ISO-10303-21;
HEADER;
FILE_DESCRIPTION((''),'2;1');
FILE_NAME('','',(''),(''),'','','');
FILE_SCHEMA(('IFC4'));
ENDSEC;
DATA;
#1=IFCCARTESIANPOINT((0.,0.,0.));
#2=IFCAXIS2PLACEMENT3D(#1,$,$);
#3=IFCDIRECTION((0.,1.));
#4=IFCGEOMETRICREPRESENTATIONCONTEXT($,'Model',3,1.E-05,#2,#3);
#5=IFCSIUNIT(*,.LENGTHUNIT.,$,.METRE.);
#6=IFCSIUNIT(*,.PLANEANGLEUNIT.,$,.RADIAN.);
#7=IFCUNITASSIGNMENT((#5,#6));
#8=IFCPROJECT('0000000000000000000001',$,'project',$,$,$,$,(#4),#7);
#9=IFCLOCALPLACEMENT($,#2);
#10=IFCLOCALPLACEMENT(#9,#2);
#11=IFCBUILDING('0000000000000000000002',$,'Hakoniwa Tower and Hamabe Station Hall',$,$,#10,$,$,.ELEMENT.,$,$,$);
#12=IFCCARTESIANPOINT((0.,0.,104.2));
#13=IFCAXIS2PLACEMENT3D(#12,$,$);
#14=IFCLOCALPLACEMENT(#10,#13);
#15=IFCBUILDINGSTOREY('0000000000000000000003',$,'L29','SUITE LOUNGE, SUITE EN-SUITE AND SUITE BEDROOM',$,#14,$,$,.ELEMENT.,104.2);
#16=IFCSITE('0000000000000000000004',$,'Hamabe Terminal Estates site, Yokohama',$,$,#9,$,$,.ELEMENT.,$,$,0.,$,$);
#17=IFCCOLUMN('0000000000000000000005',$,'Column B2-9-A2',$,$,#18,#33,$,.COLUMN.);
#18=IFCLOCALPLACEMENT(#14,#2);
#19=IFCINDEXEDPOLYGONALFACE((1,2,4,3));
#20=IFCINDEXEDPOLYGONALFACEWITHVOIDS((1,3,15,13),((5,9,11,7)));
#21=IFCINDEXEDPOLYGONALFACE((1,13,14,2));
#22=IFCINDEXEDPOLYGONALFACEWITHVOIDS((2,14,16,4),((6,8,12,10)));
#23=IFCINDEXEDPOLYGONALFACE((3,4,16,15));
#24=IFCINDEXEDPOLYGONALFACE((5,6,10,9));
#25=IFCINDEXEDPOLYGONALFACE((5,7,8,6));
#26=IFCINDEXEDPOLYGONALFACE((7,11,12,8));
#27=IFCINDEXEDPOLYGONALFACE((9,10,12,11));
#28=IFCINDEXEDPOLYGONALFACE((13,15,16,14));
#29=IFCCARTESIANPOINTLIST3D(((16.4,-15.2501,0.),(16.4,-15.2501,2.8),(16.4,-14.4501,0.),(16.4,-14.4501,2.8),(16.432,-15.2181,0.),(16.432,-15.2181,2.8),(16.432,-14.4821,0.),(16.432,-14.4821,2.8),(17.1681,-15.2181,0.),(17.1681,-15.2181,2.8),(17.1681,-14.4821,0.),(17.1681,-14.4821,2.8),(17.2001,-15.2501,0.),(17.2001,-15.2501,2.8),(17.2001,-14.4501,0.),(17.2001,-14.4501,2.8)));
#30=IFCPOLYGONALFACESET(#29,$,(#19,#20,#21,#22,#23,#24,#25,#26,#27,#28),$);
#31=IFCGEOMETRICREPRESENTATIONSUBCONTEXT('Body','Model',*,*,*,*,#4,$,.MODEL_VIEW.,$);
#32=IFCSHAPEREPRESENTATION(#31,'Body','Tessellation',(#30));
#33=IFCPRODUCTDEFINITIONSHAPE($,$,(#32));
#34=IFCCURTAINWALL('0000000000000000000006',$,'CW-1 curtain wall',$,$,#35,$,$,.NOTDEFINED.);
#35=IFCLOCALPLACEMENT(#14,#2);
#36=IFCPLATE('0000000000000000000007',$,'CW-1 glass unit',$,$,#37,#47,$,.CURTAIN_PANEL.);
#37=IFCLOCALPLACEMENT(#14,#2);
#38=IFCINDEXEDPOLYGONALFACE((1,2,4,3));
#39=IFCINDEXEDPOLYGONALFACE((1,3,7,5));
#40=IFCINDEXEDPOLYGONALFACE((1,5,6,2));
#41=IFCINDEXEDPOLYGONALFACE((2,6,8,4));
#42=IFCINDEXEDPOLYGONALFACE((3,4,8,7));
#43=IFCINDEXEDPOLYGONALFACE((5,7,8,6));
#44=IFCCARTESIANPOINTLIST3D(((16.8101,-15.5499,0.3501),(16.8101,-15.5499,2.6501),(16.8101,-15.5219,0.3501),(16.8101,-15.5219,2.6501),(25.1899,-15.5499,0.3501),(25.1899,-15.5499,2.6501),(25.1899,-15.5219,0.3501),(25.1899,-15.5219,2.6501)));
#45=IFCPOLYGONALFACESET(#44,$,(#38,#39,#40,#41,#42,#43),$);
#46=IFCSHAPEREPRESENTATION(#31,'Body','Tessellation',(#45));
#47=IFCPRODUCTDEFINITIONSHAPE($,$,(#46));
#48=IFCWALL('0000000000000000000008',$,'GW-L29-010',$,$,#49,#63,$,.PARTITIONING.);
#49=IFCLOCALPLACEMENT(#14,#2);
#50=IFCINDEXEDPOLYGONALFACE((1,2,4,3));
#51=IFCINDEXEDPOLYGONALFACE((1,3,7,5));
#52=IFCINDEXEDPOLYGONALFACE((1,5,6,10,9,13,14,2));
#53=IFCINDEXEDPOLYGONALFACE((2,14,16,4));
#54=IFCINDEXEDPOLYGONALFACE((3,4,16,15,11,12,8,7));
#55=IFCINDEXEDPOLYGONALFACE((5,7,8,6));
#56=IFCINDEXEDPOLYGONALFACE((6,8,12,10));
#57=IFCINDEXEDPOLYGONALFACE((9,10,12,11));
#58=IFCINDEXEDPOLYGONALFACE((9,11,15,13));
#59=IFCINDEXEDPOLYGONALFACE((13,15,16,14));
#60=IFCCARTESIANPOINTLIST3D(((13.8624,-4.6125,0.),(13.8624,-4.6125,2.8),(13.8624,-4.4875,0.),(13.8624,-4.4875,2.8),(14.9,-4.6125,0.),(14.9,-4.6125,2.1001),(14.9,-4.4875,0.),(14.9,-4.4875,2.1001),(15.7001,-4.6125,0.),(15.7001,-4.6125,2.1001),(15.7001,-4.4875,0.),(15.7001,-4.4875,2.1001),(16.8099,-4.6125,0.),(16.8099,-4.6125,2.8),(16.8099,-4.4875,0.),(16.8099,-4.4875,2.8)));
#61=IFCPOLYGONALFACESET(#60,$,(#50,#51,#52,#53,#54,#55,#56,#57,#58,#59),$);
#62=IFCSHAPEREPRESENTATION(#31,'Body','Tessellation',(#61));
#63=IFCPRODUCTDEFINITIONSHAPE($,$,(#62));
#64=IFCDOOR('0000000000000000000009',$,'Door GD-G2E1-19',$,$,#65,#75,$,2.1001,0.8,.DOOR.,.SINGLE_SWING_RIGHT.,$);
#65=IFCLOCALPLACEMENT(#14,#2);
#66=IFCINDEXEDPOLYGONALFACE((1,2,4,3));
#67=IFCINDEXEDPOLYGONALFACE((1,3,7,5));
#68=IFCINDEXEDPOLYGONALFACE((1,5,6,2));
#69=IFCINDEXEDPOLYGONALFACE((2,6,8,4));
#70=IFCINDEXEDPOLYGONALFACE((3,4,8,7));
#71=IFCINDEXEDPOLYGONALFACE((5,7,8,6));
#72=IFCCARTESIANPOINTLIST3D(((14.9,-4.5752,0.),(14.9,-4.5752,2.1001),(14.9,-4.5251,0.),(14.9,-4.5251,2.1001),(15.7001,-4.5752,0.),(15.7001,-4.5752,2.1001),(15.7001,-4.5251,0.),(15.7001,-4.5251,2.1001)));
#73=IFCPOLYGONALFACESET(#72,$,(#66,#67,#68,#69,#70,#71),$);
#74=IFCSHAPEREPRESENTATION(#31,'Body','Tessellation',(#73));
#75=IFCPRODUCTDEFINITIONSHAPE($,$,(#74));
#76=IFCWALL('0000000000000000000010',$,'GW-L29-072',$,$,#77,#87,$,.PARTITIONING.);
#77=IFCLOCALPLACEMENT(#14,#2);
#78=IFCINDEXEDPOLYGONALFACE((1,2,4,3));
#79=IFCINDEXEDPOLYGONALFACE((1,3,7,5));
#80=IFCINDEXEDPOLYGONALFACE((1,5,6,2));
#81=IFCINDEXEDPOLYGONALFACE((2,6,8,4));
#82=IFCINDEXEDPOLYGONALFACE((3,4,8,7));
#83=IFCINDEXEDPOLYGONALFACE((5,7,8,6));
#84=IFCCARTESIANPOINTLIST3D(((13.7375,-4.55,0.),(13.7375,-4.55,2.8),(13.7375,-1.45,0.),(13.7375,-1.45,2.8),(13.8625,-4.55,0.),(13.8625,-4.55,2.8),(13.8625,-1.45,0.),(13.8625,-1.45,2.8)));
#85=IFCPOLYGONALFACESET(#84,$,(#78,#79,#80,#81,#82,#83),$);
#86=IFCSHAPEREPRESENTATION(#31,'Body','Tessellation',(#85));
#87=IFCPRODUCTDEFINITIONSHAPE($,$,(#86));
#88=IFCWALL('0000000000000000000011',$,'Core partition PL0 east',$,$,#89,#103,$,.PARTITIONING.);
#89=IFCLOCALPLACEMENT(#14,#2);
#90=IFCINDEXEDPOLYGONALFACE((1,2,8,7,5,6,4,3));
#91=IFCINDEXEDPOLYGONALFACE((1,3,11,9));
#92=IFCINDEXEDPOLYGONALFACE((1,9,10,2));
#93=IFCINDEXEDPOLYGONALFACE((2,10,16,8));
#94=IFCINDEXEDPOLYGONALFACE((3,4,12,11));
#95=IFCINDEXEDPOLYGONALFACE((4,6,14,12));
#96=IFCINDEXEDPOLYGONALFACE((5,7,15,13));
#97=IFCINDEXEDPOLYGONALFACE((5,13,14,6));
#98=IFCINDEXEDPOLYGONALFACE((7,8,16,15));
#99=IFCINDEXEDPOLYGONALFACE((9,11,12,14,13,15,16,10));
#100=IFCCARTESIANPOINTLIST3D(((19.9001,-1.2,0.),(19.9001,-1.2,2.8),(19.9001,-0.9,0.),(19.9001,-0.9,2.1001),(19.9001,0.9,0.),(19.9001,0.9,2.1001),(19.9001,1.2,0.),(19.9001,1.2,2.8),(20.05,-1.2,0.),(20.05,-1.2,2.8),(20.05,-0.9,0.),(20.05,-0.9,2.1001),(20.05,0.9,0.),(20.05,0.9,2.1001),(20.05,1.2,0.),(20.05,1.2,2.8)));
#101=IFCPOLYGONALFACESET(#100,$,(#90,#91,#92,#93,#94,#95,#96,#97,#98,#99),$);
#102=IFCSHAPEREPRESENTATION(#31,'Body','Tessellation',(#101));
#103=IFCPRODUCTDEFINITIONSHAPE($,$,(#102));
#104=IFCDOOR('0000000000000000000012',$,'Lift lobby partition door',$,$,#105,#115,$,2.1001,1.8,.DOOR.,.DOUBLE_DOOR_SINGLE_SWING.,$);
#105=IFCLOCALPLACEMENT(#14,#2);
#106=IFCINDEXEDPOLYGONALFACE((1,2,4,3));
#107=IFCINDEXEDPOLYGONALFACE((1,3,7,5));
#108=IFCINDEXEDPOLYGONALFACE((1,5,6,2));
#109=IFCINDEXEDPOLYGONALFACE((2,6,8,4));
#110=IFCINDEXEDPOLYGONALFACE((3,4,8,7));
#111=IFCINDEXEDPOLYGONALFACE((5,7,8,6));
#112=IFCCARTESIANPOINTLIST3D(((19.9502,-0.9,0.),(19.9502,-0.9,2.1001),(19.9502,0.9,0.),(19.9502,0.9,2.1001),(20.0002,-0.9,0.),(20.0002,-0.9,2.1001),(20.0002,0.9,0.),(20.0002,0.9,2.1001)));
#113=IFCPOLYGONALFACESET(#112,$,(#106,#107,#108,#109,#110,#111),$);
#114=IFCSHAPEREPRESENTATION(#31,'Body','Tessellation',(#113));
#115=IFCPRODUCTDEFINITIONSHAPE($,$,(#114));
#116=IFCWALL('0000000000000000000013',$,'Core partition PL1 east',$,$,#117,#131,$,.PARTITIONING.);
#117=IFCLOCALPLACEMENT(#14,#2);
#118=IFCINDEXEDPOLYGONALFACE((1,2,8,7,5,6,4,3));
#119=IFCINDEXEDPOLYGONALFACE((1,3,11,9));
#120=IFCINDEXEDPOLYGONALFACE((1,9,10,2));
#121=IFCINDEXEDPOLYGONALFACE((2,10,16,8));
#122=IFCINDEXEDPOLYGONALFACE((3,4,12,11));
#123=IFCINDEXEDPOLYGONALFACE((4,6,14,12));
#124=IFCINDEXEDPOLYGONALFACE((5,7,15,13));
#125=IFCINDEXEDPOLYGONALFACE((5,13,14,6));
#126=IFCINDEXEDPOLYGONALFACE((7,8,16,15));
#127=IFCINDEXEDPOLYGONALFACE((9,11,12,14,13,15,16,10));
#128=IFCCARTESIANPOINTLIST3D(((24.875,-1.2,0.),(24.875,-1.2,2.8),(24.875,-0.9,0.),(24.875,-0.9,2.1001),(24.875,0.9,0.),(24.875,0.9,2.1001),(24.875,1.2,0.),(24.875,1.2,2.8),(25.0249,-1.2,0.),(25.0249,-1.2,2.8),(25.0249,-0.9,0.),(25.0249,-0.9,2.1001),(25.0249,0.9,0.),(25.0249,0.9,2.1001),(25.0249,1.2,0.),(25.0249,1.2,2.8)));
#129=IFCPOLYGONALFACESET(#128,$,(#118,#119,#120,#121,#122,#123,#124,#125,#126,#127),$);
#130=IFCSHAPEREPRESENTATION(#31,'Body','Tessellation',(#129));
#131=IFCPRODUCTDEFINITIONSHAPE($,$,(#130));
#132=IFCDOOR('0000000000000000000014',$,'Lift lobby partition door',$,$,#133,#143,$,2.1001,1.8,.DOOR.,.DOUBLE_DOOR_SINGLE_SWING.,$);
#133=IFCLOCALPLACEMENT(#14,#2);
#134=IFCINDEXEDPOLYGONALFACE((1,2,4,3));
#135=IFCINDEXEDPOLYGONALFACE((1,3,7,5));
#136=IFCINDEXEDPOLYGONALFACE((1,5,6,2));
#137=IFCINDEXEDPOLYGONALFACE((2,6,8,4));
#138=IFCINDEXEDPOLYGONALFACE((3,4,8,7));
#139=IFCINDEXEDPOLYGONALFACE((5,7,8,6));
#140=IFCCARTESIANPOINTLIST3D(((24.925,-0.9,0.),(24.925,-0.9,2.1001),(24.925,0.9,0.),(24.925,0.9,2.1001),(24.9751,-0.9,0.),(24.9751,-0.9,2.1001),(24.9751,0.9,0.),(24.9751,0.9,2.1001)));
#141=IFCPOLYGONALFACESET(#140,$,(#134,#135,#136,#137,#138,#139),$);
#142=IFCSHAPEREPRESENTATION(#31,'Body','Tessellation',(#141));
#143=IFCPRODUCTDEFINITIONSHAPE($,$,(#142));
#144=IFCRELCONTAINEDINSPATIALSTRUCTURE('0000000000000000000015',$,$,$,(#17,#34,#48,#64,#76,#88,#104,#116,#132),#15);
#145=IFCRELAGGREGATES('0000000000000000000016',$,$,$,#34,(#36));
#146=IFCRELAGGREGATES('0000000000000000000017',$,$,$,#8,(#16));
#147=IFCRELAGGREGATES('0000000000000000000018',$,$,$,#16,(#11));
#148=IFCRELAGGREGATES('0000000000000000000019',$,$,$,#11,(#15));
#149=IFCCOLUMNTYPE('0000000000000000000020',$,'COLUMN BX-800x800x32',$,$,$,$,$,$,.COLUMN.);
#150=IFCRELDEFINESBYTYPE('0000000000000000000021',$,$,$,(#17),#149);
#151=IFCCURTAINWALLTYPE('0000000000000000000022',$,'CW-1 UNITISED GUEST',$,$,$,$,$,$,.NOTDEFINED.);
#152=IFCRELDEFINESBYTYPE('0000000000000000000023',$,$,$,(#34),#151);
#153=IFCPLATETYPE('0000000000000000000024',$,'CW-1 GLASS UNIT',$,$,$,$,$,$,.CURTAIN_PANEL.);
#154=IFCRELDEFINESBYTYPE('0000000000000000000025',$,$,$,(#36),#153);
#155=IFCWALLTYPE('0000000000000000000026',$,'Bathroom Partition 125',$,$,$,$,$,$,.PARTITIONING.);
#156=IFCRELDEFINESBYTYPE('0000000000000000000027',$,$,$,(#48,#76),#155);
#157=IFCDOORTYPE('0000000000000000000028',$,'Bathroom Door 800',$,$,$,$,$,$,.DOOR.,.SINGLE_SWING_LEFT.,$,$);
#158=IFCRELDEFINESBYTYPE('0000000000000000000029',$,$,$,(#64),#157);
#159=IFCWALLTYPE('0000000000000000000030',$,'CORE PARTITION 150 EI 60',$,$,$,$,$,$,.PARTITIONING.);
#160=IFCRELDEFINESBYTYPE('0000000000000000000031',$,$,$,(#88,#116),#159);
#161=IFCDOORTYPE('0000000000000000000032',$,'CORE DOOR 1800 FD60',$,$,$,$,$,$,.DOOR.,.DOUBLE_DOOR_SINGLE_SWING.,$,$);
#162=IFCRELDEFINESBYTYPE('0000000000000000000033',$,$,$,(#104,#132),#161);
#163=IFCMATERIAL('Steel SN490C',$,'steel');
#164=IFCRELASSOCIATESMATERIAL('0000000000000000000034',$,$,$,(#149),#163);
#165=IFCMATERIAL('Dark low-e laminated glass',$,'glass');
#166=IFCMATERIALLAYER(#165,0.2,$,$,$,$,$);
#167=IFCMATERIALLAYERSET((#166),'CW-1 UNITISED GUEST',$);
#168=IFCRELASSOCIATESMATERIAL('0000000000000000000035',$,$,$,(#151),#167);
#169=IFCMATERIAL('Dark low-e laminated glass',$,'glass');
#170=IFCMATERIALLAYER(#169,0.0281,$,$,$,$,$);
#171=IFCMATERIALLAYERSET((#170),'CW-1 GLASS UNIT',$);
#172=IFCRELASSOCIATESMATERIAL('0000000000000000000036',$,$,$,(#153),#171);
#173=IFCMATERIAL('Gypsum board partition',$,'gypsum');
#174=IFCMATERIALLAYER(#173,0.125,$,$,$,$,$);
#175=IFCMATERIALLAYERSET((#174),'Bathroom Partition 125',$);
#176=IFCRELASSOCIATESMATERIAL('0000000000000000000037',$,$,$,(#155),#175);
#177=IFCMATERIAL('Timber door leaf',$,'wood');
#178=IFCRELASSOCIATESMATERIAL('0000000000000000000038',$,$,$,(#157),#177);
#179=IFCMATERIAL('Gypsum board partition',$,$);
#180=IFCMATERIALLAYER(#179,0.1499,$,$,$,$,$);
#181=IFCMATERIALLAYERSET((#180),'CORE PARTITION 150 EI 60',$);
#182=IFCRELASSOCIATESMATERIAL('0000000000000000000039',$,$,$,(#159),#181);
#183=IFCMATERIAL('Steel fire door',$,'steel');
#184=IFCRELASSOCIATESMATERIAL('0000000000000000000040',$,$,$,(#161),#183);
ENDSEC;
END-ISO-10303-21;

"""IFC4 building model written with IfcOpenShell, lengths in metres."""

from ifc_helpers import new_model, si_unit, direction, frame, frame_2d, origin, origin_2d, place, context, subcontext, project, spatial, rectangle, hollow_rectangle, extrude, material, layer, layer_set, material_profile, profile_set, type_object, element, fill, aggregate, save


model = new_model("IFC4")

# Units and contexts
model_context = context("Model", 3, precision=1e-05, world=origin(), true_north=direction((0.0, 1.0)))
body_context = subcontext(model_context, "Body", "Model", "MODEL_VIEW")
ifc_project = project(units=[si_unit("LENGTHUNIT", "METRE"), si_unit("PLANEANGLEUNIT", "RADIAN")], contexts=[model_context])

# Site, building, storey
site_placement = place(None, origin())
site = spatial("IfcSite", under=ifc_project, at=site_placement, Name="Hamabe Terminal Estates site, Yokohama", CompositionType="ELEMENT", RefElevation=0.0)
building_placement = place(site_placement, origin())
building = spatial("IfcBuilding", under=site, at=building_placement, Name="Hakoniwa Tower and Hamabe Station Hall", CompositionType="ELEMENT")
storey_placement = place(building_placement, frame((0.0, 0.0, 104.2)))
storey = spatial("IfcBuildingStorey", under=building, at=storey_placement, Name="L29", Description="SUITE LOUNGE, SUITE EN-SUITE AND SUITE BEDROOM", CompositionType="ELEMENT", Elevation=104.2)

# Column
ifc_material_1 = material(Name="Steel SN490C", Category="steel")
ifc_material_profile = material_profile(ifc_material_1, hollow_rectangle(XDim=0.8, YDim=0.8, WallThickness=0.032, at=origin_2d()), Name="BX-800x800x32")
ifc_profile_set = profile_set([ifc_material_profile], Name="Steel SN490C")
column_type = type_object("IfcColumnType", Name="COLUMN BX-800x800x32", PredefinedType="COLUMN", material=ifc_profile_set)
column_placement = place(storey_placement, frame((16.8, -14.8501, 0.0), z_axis=(0.0, 0.0, 1.0), x_axis=(1.0, 0.0, 0.0)))
element("IfcColumn", 1, at=column_placement, inside=storey, type_object=column_type, Name="Column B2-9-A2", PredefinedType="COLUMN", context=body_context, shape_type="SweptSolid", body=[
    extrude(hollow_rectangle(XDim=0.8, YDim=0.8, WallThickness=0.032, at=origin_2d()), origin(), (0.0, 0.0, 1.0), 2.8),
])

# Curtain wall, plate
ifc_material_2 = material(Name="Dark low-e laminated glass", Category="glass")
ifc_layer_1 = layer(ifc_material_2, 0.2)
ifc_layer_set_1 = layer_set([ifc_layer_1], Name="CW-1 UNITISED GUEST")
curtain_wall_type = type_object("IfcCurtainWallType", Name="CW-1 UNITISED GUEST", PredefinedType="NOTDEFINED", material=ifc_layer_set_1)
curtain_wall_placement = place(storey_placement, origin())
curtain_wall = element("IfcCurtainWall", 2, at=curtain_wall_placement, inside=storey, type_object=curtain_wall_type, Name="CW-1 curtain wall", PredefinedType="NOTDEFINED")
ifc_material_3 = material(Name="Dark low-e laminated glass", Category="glass")
ifc_layer_2 = layer(ifc_material_3, 0.0281)
ifc_layer_set_2 = layer_set([ifc_layer_2], Name="CW-1 GLASS UNIT")
plate_type = type_object("IfcPlateType", Name="CW-1 GLASS UNIT", PredefinedType="CURTAIN_PANEL", material=ifc_layer_set_2)
plate_placement = place(storey_placement, frame((21.0, -15.5359, 0.3501), z_axis=(0.0, 0.0, 1.0), x_axis=(1.0, 0.0, 0.0)))
plate = element("IfcPlate", 3, at=plate_placement, type_object=plate_type, Name="CW-1 glass unit", PredefinedType="CURTAIN_PANEL", context=body_context, shape_type="SweptSolid", body=[
    extrude(rectangle(XDim=8.3799, YDim=0.0281, at=origin_2d()), origin(), (0.0, 0.0, 1.0), 2.3),
])
aggregate(curtain_wall, [plate])

# Wall, opening, door
ifc_material_4 = material(Name="Gypsum board partition", Category="gypsum")
ifc_layer_3 = layer(ifc_material_4, 0.125)
ifc_layer_set_3 = layer_set([ifc_layer_3], Name="Bathroom Partition 125")
wall_type_1 = type_object("IfcWallType", Name="Bathroom Partition 125", PredefinedType="PARTITIONING", material=ifc_layer_set_3)
wall_1_placement = place(storey_placement, frame((13.8625, -4.55, 0.0), z_axis=(0.0, 0.0, 1.0), x_axis=(1.0, 0.0, 0.0)))
wall_1 = element("IfcWall", 4, at=wall_1_placement, inside=storey, type_object=wall_type_1, Name="GW-L29-010", PredefinedType="PARTITIONING", context=body_context, shape_type="SweptSolid", body=[
    extrude(rectangle(XDim=2.9475, YDim=0.125, at=frame_2d((1.4736, 0.0))), origin(), (0.0, 0.0, 1.0), 2.8),
])
opening_1_placement = place(wall_1_placement, frame((1.0376, 0.0, 0.0)))
opening_1 = element("IfcOpeningElement", 5, at=opening_1_placement, cuts=wall_1, PredefinedType="OPENING", context=body_context, shape_type="SweptSolid", body=[
    extrude(rectangle(XDim=0.8, YDim=2.1001, at=frame_2d((0.3999, 1.05))), frame((0.0, 0.0725, 0.0), z_axis=(0.0, -1.0, 0.0), x_axis=(1.0, 0.0, 0.0)), (0.0, 0.0, 1.0), 0.145),
])
ifc_material_5 = material(Name="Timber door leaf", Category="wood")
door_type_1 = type_object("IfcDoorType", Name="Bathroom Door 800", OperationType="SINGLE_SWING_LEFT", PredefinedType="DOOR", material=ifc_material_5)
door_1_placement = place(opening_1_placement, origin())
door_1 = element("IfcDoor", 6, at=door_1_placement, inside=storey, type_object=door_type_1, Name="Door GD-G2E1-19", OperationType="SINGLE_SWING_RIGHT", OverallHeight=2.1001, OverallWidth=0.8, PredefinedType="DOOR", context=body_context, shape_type="SweptSolid", body=[
    extrude(rectangle(XDim=0.8, YDim=2.1001, at=frame_2d((0.3999, 1.05))), frame((0.0, 0.0249, 0.0), z_axis=(0.0, -1.0, 0.0), x_axis=(1.0, 0.0, 0.0)), (0.0, 0.0, 1.0), 0.05),
])
fill(opening_1, door_1)

# Wall
wall_2_placement = place(storey_placement, frame((13.8, -4.55, 0.0), z_axis=(0.0, 0.0, 1.0), x_axis=(0.0, 1.0, 0.0)))
element("IfcWall", 7, at=wall_2_placement, inside=storey, type_object=wall_type_1, Name="GW-L29-072", PredefinedType="PARTITIONING", context=body_context, shape_type="SweptSolid", body=[
    extrude(rectangle(XDim=3.1001, YDim=0.125, at=frame_2d((1.55, 0.0))), origin(), (0.0, 0.0, 1.0), 2.8),
])

# Walls, openings, doors
ifc_material_6 = material(Name="Gypsum board partition")
ifc_layer_4 = layer(ifc_material_6, 0.1499)
ifc_layer_set_4 = layer_set([ifc_layer_4], Name="CORE PARTITION 150 EI 60")
wall_type_2 = type_object("IfcWallType", Name="CORE PARTITION 150 EI 60", PredefinedType="PARTITIONING", material=ifc_layer_set_4)
wall_3_placement = place(storey_placement, frame((19.9751, -1.2, 0.0), z_axis=(0.0, 0.0, 1.0), x_axis=(0.0, 1.0, 0.0)))
wall_3 = element("IfcWall", 8, at=wall_3_placement, inside=storey, type_object=wall_type_2, Name="Core partition PL0 east", PredefinedType="PARTITIONING", context=body_context, shape_type="SweptSolid", body=[
    extrude(rectangle(XDim=2.3999, YDim=0.1499, at=frame_2d((1.2, 0.0))), origin(), (0.0, 0.0, 1.0), 2.8),
])
opening_2_placement = place(wall_3_placement, frame((0.3, 0.0, 0.0)))
opening_2 = element("IfcOpeningElement", 9, at=opening_2_placement, cuts=wall_3, PredefinedType="OPENING", context=body_context, shape_type="SweptSolid", body=[
    extrude(rectangle(XDim=1.8, YDim=2.1001, at=frame_2d((0.8999, 1.05))), frame((0.0, 0.085, 0.0), z_axis=(0.0, -1.0, 0.0), x_axis=(1.0, 0.0, 0.0)), (0.0, 0.0, 1.0), 0.1699),
])
ifc_material_7 = material(Name="Steel fire door", Category="steel")
door_type_2 = type_object("IfcDoorType", Name="CORE DOOR 1800 FD60", OperationType="DOUBLE_DOOR_SINGLE_SWING", PredefinedType="DOOR", material=ifc_material_7)
door_2_placement = place(opening_2_placement, origin())
door_2 = element("IfcDoor", 10, at=door_2_placement, inside=storey, type_object=door_type_2, Name="Lift lobby partition door", OperationType="DOUBLE_DOOR_SINGLE_SWING", OverallHeight=2.1001, OverallWidth=1.8, PredefinedType="DOOR", context=body_context, shape_type="SweptSolid", body=[
    extrude(rectangle(XDim=1.8, YDim=2.1001, at=frame_2d((0.8999, 1.05))), frame((0.0, 0.0249, 0.0), z_axis=(0.0, -1.0, 0.0), x_axis=(1.0, 0.0, 0.0)), (0.0, 0.0, 1.0), 0.05),
])
fill(opening_2, door_2)
wall_4_placement = place(storey_placement, frame((24.95, -1.2, 0.0), z_axis=(0.0, 0.0, 1.0), x_axis=(0.0, 1.0, 0.0)))
wall_4 = element("IfcWall", 11, at=wall_4_placement, inside=storey, type_object=wall_type_2, Name="Core partition PL1 east", PredefinedType="PARTITIONING", context=body_context, shape_type="SweptSolid", body=[
    extrude(rectangle(XDim=2.3999, YDim=0.1499, at=frame_2d((1.2, 0.0))), origin(), (0.0, 0.0, 1.0), 2.8),
])
opening_3_placement = place(wall_4_placement, frame((0.3, 0.0, 0.0)))
opening_3 = element("IfcOpeningElement", 12, at=opening_3_placement, cuts=wall_4, PredefinedType="OPENING", context=body_context, shape_type="SweptSolid", body=[
    extrude(rectangle(XDim=1.8, YDim=2.1001, at=frame_2d((0.8999, 1.05))), frame((0.0, 0.085, 0.0), z_axis=(0.0, -1.0, 0.0), x_axis=(1.0, 0.0, 0.0)), (0.0, 0.0, 1.0), 0.1699),
])
door_3_placement = place(opening_3_placement, origin())
door_3 = element("IfcDoor", 13, at=door_3_placement, inside=storey, type_object=door_type_2, Name="Lift lobby partition door", OperationType="DOUBLE_DOOR_SINGLE_SWING", OverallHeight=2.1001, OverallWidth=1.8, PredefinedType="DOOR", context=body_context, shape_type="SweptSolid", body=[
    extrude(rectangle(XDim=1.8, YDim=2.1001, at=frame_2d((0.8999, 1.05))), frame((0.0, 0.0249, 0.0), z_axis=(0.0, -1.0, 0.0), x_axis=(1.0, 0.0, 0.0)), (0.0, 0.0, 1.0), 0.05),
])
fill(opening_3, door_3)

save(model, "model.ifc")
